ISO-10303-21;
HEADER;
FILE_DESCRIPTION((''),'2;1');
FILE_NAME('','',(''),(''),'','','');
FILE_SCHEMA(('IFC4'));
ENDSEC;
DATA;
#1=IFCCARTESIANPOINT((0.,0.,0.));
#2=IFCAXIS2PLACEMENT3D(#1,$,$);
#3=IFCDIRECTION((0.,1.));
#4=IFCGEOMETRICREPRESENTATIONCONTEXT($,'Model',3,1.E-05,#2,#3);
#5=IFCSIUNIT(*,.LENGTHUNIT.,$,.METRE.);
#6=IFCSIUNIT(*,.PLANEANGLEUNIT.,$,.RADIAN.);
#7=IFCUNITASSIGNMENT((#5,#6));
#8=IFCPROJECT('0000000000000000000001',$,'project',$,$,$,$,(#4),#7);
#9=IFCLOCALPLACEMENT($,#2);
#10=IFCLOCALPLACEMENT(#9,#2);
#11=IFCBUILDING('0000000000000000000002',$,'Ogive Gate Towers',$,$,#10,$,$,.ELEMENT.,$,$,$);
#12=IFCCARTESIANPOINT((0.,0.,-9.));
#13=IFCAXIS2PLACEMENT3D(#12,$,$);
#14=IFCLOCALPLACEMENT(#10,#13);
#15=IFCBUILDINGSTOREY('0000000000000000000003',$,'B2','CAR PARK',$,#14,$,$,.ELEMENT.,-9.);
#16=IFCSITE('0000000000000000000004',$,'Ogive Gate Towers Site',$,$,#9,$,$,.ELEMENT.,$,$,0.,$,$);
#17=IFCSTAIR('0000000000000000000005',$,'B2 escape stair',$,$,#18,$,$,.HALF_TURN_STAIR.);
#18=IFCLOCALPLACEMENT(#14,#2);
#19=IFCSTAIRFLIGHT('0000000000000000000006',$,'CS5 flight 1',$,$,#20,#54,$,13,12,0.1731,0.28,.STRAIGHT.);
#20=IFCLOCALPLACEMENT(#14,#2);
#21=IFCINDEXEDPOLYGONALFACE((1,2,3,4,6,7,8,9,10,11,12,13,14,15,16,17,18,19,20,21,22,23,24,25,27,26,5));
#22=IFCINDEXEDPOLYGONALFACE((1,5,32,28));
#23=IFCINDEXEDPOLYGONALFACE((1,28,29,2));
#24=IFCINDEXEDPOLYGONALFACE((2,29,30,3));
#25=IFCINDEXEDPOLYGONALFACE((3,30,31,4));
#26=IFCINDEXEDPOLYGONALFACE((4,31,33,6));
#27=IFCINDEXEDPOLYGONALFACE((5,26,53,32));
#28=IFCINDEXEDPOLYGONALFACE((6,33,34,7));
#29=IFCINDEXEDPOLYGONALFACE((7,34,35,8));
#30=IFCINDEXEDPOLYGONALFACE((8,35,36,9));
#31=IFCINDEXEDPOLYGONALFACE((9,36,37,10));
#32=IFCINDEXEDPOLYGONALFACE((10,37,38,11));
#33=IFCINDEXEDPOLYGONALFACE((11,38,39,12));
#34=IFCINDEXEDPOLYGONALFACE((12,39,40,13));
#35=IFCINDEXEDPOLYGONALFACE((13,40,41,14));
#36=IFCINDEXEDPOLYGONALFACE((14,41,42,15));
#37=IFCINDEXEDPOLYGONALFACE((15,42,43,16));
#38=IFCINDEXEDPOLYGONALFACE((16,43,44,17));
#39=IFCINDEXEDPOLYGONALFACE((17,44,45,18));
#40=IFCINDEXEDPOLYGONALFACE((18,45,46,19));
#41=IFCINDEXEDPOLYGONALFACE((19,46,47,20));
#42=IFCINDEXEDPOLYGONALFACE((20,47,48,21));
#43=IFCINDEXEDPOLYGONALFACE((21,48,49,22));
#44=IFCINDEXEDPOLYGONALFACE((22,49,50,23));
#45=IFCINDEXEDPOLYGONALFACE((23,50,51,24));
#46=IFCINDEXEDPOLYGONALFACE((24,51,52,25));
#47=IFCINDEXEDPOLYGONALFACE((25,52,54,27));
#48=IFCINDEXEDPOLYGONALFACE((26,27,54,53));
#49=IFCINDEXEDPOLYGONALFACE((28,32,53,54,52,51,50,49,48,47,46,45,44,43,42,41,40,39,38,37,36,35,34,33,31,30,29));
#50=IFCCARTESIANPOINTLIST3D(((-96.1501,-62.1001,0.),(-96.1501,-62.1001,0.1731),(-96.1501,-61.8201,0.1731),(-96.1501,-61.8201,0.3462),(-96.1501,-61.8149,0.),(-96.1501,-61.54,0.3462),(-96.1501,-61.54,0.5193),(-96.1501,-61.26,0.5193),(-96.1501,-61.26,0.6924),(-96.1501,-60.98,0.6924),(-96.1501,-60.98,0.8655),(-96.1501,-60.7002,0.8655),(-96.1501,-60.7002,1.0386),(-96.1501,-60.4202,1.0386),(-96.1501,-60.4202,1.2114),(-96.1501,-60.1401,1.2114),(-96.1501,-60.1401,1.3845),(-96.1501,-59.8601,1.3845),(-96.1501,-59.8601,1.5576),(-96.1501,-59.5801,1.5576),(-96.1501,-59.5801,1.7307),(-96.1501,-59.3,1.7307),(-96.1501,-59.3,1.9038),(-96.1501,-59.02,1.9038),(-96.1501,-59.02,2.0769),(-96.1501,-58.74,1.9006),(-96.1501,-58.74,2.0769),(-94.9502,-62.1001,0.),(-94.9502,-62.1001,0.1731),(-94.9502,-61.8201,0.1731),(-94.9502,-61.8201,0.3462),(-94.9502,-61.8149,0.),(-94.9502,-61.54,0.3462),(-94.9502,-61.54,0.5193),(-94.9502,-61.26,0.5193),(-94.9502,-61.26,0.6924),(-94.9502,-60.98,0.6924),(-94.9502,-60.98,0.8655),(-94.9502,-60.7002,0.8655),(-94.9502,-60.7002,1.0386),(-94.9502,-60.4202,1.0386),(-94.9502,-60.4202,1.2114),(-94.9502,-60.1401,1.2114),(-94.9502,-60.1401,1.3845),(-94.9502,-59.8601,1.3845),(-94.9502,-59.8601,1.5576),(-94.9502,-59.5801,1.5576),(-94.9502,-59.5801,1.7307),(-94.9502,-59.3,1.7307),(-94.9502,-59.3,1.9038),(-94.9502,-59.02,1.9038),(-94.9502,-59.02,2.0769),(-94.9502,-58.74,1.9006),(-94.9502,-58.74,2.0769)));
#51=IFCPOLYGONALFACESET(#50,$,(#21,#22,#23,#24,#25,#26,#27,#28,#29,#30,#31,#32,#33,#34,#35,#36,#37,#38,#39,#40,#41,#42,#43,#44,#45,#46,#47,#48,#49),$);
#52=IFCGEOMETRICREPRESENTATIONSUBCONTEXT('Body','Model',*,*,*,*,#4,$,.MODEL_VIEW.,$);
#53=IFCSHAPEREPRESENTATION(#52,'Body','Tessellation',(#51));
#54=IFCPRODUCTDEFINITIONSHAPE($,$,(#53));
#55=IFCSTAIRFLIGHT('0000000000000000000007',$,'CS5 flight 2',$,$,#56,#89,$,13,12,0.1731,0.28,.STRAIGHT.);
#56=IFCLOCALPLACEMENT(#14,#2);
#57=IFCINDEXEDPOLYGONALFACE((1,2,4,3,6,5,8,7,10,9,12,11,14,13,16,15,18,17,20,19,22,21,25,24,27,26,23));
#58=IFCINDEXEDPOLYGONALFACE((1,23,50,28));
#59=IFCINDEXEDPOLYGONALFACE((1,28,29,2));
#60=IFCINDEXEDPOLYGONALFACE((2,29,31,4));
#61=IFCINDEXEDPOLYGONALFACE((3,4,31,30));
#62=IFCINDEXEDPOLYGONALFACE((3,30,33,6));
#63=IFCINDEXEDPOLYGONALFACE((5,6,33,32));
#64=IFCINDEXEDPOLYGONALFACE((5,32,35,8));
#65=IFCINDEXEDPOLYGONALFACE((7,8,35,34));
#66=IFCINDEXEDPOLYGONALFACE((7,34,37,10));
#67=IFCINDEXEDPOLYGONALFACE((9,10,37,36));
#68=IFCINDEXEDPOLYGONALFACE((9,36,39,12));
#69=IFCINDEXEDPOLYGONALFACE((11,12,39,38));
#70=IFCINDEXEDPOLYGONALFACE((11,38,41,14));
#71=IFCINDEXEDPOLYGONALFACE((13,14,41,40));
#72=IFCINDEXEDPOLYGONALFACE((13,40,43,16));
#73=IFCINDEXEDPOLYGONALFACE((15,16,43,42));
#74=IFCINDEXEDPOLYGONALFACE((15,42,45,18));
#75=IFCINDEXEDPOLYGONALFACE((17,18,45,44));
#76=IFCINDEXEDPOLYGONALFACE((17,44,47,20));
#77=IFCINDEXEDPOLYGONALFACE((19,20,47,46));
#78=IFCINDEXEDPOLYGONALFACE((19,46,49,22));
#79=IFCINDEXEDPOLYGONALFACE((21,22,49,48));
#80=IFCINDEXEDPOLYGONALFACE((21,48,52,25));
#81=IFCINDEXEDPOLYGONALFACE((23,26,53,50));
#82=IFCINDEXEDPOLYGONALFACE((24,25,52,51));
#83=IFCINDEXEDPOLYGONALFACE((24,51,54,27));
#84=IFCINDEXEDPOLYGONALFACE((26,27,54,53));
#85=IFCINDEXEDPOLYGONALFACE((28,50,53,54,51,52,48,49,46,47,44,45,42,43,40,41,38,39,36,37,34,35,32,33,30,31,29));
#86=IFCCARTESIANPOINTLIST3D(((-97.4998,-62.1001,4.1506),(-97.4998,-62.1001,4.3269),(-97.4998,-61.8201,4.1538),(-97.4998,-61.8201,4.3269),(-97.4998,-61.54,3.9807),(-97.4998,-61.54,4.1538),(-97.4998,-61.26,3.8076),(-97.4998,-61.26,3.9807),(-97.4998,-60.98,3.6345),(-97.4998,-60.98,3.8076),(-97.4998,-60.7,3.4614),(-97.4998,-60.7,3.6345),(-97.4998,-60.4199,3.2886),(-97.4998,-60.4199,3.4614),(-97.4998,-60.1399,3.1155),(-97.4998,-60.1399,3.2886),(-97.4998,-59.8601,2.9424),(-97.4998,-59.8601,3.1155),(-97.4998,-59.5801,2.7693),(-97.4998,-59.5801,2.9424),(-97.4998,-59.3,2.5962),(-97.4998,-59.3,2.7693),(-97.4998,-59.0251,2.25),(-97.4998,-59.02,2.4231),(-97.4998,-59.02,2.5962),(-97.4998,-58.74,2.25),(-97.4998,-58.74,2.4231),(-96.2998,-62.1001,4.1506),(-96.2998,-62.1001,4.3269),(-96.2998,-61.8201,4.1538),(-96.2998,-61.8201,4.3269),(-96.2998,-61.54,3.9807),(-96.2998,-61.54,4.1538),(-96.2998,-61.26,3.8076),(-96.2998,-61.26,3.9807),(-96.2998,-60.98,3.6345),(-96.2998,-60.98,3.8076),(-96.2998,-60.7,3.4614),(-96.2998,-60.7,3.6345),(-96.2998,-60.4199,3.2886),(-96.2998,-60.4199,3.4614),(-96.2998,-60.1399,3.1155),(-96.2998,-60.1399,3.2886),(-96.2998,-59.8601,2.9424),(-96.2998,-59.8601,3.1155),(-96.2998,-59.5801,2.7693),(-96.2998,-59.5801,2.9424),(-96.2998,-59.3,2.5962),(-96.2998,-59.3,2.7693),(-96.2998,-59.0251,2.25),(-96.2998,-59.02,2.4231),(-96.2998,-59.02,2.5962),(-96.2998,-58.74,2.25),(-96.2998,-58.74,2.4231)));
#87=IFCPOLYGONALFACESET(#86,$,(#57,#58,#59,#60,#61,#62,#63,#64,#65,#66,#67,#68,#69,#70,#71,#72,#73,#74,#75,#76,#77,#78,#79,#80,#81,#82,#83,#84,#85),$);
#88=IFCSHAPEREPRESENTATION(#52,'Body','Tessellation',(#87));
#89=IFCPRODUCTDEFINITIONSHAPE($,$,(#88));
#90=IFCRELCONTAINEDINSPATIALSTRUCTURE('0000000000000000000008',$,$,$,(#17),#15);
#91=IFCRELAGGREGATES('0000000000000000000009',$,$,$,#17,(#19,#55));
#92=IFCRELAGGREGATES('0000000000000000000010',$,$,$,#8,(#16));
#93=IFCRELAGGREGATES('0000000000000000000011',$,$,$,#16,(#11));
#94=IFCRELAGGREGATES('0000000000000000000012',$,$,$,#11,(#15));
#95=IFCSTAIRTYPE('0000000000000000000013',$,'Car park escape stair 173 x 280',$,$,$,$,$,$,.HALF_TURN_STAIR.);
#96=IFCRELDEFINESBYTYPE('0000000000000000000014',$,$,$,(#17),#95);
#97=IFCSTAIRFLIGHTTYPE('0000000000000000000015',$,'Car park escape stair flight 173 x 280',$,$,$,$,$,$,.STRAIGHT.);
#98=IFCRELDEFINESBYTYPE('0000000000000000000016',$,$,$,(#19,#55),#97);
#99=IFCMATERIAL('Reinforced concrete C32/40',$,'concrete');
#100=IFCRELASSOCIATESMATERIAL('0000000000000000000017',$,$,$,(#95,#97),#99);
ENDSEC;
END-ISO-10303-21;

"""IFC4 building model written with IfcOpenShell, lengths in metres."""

from ifc_helpers import new_model, si_unit, direction, frame, origin, place, context, subcontext, project, spatial, polyline, outline, extrude, material, type_object, element, aggregate, save


model = new_model("IFC4")

# Units and contexts
model_context = context("Model", 3, precision=1e-05, world=origin(), true_north=direction((0.0, 1.0)))
body_context = subcontext(model_context, "Body", "Model", "MODEL_VIEW")
ifc_project = project(units=[si_unit("LENGTHUNIT", "METRE"), si_unit("PLANEANGLEUNIT", "RADIAN")], contexts=[model_context])

# Site, building, storey
site_placement = place(None, origin())
site = spatial("IfcSite", under=ifc_project, at=site_placement, Name="Ogive Gate Towers Site", CompositionType="ELEMENT", RefElevation=0.0)
building_placement = place(site_placement, origin())
building = spatial("IfcBuilding", under=site, at=building_placement, Name="Ogive Gate Towers", CompositionType="ELEMENT")
storey_placement = place(building_placement, frame((0.0, 0.0, -9.0)))
storey = spatial("IfcBuildingStorey", under=building, at=storey_placement, Name="B2", Description="CAR PARK", CompositionType="ELEMENT", Elevation=-9.0)

# Shared definitions
ifc_material_1 = material(Name="Reinforced concrete C32/40", Category="concrete")

# Stair, stair flights
stair_type = type_object("IfcStairType", Name="Car park escape stair 173 x 280", PredefinedType="HALF_TURN_STAIR", material=ifc_material_1)
stair_placement = place(storey_placement, origin())
stair = element("IfcStair", 1, at=stair_placement, inside=storey, type_object=stair_type, Name="B2 escape stair", PredefinedType="HALF_TURN_STAIR")
stair_flight_type = type_object("IfcStairFlightType", Name="Car park escape stair flight 173 x 280", PredefinedType="STRAIGHT", material=ifc_material_1)
stair_flight_1_placement = place(storey_placement, frame((-95.55, -62.1001, 0.0), z_axis=(0.0, 0.0, 1.0), x_axis=(0.0, 1.0, 0.0)))
stair_flight_1 = element("IfcStairFlight", 2, at=stair_flight_1_placement, type_object=stair_flight_type, Name="CS5 flight 1", NumberOfRisers=13, NumberOfTreads=12, PredefinedType="STRAIGHT", RiserHeight=0.1731, TreadLength=0.28, context=body_context, shape_type="SweptSolid", body=[
    extrude(outline(polyline([(0.0, 0.0), (0.0, 0.1731), (0.28, 0.1731), (0.28, 0.3462), (0.5601, 0.3462), (0.5601, 0.5193), (0.8401, 0.5193), (0.8401, 0.6924), (1.1201, 0.6924), (1.1201, 0.8655), (1.3999, 0.8655), (1.3999, 1.0386), (1.6799, 1.0386), (1.6799, 1.2114), (1.96, 1.2114), (1.96, 1.3845), (2.24, 1.3845), (2.24, 1.5576), (2.52, 1.5576), (2.52, 1.7307), (2.8, 1.7307), (2.8, 1.9038), (3.0801, 1.9038), (3.0801, 2.0769), (3.3601, 2.0769), (3.3601, 2.25), (3.3601, 1.9006), (0.2852, 0.0), (0.0, 0.0)])), frame((0.0, 0.6001, 0.0), z_axis=(0.0, -1.0, 0.0), x_axis=(1.0, 0.0, 0.0)), (0.0, 0.0, 1.0), 1.2),
])
stair_flight_2_placement = place(storey_placement, frame((-96.8999, -58.74, 2.25), z_axis=(0.0, 0.0, 1.0), x_axis=(0.0, -1.0, 0.0)))
stair_flight_2 = element("IfcStairFlight", 3, at=stair_flight_2_placement, type_object=stair_flight_type, Name="CS5 flight 2", NumberOfRisers=13, NumberOfTreads=12, PredefinedType="STRAIGHT", RiserHeight=0.1731, TreadLength=0.28, context=body_context, shape_type="SweptSolid", body=[
    extrude(outline(polyline([(0.0, 0.0), (0.0, 0.1731), (0.28, 0.1731), (0.28, 0.3462), (0.5601, 0.3462), (0.5601, 0.5193), (0.8401, 0.5193), (0.8401, 0.6924), (1.1201, 0.6924), (1.1201, 0.8655), (1.3999, 0.8655), (1.3999, 1.0386), (1.6799, 1.0386), (1.6799, 1.2114), (1.96, 1.2114), (1.96, 1.3845), (2.24, 1.3845), (2.24, 1.5576), (2.52, 1.5576), (2.52, 1.7307), (2.8, 1.7307), (2.8, 1.9038), (3.0801, 1.9038), (3.0801, 2.0769), (3.3601, 2.0769), (3.3601, 2.25), (3.3601, 1.9006), (0.2852, 0.0), (0.0, 0.0)])), frame((0.0, 0.6001, 0.0), z_axis=(0.0, -1.0, 0.0), x_axis=(1.0, 0.0, 0.0)), (0.0, 0.0, 1.0), 1.2),
])
aggregate(stair, [stair_flight_1, stair_flight_2])

save(model, "model.ifc")
